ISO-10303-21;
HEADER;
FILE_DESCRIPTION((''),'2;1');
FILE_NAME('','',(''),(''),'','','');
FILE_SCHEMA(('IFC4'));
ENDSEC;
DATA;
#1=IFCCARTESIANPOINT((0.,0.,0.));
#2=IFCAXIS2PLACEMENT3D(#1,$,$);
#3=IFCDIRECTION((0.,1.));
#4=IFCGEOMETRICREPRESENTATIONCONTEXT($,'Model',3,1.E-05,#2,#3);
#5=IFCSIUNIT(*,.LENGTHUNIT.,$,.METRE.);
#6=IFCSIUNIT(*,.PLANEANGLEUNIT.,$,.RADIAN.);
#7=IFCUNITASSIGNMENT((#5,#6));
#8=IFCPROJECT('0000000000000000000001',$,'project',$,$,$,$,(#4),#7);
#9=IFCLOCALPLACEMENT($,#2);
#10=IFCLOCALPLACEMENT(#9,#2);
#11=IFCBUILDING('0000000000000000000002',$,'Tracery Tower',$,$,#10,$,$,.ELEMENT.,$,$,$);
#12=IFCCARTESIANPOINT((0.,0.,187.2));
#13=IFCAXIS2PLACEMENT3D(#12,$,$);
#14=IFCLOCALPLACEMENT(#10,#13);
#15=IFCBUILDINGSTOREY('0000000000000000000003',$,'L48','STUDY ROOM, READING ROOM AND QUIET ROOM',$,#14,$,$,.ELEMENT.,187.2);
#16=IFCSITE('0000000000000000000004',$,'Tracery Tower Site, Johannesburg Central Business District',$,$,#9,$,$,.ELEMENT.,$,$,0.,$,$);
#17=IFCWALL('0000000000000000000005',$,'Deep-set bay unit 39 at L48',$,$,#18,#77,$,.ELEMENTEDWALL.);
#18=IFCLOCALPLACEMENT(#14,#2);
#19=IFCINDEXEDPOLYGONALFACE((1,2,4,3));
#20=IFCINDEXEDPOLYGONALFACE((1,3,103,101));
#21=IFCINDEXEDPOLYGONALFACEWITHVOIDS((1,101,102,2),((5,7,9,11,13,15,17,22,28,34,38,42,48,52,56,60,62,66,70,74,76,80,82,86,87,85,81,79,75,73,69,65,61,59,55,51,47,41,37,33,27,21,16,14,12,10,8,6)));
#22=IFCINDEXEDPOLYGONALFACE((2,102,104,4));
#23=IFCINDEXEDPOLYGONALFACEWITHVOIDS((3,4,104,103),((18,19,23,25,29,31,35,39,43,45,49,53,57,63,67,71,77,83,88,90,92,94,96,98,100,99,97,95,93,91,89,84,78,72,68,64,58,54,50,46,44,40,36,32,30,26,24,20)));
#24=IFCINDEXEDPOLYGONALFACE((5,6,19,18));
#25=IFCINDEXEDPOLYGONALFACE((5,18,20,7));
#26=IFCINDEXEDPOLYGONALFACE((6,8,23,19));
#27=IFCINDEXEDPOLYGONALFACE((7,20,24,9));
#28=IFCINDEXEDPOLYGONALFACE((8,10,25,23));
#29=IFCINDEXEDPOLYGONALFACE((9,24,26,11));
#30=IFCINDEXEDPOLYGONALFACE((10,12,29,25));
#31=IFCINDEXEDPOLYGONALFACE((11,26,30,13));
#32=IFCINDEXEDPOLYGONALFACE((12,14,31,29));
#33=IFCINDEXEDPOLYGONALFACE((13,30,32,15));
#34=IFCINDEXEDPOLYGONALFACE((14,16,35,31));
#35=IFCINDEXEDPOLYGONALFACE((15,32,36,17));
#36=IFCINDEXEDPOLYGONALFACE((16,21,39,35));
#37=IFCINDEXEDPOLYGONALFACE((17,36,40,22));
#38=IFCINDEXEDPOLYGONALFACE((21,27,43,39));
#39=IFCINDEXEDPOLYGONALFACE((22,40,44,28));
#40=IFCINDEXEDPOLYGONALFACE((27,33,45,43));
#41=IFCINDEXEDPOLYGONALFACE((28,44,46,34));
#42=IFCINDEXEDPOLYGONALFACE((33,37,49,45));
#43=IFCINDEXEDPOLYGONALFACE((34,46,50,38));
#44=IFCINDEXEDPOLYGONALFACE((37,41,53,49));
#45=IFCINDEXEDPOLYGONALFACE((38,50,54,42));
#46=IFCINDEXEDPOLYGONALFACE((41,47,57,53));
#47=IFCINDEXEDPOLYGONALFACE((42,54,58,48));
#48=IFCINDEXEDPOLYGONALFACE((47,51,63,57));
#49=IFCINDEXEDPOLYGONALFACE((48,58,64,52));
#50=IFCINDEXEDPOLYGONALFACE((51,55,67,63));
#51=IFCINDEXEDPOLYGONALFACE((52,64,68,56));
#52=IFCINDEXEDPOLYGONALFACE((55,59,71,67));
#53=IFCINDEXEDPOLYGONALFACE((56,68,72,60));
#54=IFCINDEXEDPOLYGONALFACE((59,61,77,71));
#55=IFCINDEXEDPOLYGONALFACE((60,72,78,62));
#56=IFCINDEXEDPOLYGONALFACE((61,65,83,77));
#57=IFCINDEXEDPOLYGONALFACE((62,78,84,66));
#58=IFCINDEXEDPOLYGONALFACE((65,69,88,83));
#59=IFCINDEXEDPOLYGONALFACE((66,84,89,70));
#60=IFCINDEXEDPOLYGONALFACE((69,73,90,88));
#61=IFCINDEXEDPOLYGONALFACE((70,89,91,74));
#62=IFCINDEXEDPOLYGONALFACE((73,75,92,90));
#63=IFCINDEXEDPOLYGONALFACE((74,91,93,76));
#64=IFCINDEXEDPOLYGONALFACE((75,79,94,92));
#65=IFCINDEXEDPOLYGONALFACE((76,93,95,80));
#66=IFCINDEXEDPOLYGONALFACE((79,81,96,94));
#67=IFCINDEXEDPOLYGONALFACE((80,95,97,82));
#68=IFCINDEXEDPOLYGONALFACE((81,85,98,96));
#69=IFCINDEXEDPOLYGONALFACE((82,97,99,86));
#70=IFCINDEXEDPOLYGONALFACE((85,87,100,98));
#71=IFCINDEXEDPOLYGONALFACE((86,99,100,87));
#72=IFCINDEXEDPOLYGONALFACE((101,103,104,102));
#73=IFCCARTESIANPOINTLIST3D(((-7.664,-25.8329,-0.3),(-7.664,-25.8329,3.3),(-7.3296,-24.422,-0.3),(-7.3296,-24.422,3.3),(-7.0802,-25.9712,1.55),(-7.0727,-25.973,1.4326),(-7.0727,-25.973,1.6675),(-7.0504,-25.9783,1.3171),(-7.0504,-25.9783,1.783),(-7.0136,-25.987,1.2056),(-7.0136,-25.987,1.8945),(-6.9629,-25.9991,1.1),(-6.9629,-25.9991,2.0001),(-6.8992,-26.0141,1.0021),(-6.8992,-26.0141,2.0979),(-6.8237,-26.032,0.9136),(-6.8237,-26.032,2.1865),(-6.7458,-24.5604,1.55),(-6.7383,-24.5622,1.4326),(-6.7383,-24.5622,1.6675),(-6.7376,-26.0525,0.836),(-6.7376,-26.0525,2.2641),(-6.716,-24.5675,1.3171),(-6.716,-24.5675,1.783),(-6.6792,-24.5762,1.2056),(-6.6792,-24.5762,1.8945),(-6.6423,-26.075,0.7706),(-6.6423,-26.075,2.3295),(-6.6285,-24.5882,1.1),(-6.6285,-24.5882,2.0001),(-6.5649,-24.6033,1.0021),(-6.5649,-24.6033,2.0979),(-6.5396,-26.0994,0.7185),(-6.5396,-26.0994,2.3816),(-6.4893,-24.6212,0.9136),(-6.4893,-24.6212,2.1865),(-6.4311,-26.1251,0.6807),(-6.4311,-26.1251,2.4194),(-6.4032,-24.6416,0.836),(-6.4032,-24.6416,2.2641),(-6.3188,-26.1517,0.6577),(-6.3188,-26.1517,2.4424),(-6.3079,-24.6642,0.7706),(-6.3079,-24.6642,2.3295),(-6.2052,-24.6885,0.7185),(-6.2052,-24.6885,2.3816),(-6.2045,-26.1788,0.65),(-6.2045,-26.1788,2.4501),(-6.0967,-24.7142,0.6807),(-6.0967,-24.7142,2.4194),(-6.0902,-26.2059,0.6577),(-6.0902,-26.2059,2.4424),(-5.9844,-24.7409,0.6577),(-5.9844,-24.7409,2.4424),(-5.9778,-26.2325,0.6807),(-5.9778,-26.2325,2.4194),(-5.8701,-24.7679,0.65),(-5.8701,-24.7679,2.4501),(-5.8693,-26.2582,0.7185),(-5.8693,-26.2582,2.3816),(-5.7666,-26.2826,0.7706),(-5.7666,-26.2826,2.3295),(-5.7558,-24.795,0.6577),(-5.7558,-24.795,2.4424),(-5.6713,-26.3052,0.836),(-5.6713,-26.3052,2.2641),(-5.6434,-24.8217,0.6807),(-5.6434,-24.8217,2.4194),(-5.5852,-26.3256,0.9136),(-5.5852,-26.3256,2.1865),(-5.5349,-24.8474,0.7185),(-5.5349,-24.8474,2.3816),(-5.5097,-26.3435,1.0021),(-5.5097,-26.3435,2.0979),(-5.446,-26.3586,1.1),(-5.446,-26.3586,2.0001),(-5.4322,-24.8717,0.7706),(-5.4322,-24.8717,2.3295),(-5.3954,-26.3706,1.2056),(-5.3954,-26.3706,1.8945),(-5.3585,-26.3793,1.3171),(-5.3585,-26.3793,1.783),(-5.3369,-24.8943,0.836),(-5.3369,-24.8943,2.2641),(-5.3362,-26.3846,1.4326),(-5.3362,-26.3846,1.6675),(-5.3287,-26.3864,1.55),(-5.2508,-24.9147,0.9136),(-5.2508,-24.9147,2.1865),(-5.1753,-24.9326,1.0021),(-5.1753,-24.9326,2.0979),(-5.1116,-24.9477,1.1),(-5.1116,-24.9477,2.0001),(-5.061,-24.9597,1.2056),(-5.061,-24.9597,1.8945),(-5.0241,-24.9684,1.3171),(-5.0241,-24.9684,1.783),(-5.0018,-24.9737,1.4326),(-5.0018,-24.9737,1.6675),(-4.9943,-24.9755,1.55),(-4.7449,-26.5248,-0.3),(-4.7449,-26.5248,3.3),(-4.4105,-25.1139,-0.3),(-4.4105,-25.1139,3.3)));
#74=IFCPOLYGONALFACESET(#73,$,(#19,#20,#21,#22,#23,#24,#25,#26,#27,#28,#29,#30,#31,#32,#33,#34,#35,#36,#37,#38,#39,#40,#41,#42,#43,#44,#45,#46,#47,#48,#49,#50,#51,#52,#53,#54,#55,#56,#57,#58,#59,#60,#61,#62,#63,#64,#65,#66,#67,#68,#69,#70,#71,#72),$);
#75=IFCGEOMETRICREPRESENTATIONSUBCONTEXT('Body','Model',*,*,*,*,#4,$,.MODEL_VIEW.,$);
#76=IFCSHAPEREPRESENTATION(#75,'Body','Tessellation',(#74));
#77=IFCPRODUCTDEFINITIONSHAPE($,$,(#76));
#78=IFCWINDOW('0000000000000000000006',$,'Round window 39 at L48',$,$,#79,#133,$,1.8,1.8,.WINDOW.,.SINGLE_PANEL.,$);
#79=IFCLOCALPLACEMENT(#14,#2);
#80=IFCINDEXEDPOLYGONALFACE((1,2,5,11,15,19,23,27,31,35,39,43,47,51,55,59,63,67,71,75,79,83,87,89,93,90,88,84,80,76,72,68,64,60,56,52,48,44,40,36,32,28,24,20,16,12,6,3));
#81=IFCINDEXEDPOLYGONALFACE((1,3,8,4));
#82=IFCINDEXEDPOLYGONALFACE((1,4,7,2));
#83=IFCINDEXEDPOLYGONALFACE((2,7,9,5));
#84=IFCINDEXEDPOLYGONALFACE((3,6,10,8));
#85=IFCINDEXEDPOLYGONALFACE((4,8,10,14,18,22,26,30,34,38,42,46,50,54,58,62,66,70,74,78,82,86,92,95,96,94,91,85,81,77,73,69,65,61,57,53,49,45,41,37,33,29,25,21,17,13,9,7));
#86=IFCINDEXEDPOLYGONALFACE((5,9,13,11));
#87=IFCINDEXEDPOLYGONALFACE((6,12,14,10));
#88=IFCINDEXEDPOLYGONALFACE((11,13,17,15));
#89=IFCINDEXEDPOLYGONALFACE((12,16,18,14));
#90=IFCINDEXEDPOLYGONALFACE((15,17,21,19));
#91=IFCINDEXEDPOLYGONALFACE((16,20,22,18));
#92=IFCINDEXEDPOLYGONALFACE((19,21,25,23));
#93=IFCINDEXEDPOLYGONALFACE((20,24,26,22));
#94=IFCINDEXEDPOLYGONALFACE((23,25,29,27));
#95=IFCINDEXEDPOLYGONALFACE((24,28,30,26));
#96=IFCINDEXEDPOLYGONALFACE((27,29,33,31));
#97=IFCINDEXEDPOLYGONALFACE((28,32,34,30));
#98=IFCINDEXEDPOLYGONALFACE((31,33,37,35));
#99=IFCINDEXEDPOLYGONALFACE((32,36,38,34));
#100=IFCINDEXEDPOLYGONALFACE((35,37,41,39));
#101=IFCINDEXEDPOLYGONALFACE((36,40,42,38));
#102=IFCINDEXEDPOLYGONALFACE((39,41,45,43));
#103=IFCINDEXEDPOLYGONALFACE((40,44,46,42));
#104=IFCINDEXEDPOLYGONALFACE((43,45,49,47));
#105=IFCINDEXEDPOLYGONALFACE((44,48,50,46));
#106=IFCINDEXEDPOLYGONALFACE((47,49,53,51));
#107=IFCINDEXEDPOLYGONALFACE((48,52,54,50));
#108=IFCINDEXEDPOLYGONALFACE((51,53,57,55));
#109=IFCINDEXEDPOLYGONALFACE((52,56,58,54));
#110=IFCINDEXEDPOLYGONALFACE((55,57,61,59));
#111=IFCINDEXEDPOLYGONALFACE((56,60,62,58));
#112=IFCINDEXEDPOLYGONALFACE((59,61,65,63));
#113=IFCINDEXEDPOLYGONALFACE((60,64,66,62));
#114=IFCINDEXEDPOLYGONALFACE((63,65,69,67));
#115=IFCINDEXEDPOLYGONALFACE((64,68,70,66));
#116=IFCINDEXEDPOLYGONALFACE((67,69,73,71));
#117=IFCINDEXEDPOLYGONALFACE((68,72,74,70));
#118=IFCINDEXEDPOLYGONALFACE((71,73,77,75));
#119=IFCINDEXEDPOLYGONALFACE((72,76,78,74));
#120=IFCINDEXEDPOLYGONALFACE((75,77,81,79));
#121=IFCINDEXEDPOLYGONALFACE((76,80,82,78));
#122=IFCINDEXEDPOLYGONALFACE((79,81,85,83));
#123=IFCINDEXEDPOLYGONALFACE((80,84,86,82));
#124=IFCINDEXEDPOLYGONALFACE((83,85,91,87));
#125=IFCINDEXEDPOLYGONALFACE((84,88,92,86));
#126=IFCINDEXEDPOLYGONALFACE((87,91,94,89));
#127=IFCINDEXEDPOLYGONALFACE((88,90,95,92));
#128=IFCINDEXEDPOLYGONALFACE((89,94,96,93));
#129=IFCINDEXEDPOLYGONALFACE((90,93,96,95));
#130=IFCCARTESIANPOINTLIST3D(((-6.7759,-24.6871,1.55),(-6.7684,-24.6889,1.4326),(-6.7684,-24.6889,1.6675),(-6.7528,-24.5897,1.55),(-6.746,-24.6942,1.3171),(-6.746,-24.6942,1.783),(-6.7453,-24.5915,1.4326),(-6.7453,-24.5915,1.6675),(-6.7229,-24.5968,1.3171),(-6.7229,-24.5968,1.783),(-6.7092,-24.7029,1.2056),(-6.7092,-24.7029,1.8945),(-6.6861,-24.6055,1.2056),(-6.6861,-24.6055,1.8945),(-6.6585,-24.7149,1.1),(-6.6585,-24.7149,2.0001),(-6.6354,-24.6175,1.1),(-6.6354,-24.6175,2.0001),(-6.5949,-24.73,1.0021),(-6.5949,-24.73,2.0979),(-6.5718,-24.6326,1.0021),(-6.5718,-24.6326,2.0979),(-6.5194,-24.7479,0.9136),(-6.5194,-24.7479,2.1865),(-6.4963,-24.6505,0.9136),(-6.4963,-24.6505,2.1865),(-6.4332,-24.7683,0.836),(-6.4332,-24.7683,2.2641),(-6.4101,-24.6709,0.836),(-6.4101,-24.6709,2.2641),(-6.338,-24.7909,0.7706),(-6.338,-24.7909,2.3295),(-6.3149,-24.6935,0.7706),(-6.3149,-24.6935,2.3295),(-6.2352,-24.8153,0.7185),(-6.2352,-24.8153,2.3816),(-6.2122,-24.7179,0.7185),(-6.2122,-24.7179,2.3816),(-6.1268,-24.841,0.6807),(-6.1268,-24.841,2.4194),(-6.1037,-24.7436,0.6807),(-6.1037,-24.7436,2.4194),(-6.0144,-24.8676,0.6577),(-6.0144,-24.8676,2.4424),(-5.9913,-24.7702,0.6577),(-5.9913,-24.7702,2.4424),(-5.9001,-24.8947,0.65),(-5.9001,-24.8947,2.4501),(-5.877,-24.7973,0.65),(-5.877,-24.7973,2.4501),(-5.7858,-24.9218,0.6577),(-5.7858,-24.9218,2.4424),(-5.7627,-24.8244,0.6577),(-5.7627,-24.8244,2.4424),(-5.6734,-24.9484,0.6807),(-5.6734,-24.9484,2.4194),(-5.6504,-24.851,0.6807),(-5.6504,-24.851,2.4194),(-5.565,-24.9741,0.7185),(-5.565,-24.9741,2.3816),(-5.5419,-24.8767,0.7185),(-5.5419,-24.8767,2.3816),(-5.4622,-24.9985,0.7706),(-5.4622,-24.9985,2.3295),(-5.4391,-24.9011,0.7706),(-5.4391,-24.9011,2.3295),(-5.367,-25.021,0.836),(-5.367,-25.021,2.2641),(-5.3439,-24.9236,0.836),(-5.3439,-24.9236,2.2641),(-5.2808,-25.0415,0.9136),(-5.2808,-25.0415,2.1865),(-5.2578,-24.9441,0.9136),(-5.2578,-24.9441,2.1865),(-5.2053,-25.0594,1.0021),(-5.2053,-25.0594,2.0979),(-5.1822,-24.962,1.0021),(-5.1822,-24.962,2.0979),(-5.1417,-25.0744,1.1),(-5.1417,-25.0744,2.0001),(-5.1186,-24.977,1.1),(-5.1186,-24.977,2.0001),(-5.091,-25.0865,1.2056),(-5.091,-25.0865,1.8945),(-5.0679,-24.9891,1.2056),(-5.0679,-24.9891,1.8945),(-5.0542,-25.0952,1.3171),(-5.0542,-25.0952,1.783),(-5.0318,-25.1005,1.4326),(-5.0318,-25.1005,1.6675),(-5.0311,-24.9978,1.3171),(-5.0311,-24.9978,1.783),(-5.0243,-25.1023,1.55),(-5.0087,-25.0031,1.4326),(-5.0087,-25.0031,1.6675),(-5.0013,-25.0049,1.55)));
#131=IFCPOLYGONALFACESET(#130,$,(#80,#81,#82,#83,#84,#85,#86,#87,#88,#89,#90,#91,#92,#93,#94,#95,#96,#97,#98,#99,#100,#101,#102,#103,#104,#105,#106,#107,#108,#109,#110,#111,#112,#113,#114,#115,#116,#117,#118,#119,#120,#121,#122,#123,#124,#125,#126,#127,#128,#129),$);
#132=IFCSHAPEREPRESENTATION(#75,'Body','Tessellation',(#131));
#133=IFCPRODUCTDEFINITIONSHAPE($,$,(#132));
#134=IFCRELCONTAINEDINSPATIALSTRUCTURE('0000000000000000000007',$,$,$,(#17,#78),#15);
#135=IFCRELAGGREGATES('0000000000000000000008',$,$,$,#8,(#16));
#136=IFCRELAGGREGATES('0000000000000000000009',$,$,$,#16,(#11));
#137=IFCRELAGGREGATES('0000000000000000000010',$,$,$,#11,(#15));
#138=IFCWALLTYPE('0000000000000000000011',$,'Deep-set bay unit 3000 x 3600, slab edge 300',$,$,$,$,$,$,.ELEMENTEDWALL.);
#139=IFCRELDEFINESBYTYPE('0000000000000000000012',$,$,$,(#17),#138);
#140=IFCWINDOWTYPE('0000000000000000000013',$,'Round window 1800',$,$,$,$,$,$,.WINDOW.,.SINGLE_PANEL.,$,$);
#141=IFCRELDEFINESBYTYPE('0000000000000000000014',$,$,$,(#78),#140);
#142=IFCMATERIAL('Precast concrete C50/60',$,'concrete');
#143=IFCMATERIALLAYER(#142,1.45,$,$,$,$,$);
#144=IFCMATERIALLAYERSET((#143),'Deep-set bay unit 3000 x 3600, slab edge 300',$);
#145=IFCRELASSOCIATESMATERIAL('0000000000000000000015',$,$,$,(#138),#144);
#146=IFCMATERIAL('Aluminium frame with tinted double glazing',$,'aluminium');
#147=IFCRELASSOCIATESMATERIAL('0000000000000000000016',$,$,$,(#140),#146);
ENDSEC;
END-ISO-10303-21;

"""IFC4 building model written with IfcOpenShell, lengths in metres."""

from ifc_helpers import new_model, si_unit, direction, frame, frame_2d, origin, origin_2d, place, context, subcontext, project, spatial, rectangle, circle, extrude, material, layer, layer_set, type_object, element, fill, save


model = new_model("IFC4")

# Units and contexts
model_context = context("Model", 3, precision=1e-05, world=origin(), true_north=direction((0.0, 1.0)))
body_context = subcontext(model_context, "Body", "Model", "MODEL_VIEW")
ifc_project = project(units=[si_unit("LENGTHUNIT", "METRE"), si_unit("PLANEANGLEUNIT", "RADIAN")], contexts=[model_context])

# Site, building, storey
site_placement = place(None, origin())
site = spatial("IfcSite", under=ifc_project, at=site_placement, Name="Tracery Tower Site, Johannesburg Central Business District", CompositionType="ELEMENT", RefElevation=0.0)
building_placement = place(site_placement, origin())
building = spatial("IfcBuilding", under=site, at=building_placement, Name="Tracery Tower", CompositionType="ELEMENT")
storey_placement = place(building_placement, frame((0.0, 0.0, 187.2)))
storey = spatial("IfcBuildingStorey", under=building, at=storey_placement, Name="L48", Description="STUDY ROOM, READING ROOM AND QUIET ROOM", CompositionType="ELEMENT", Elevation=187.2)

# Wall, opening, window
ifc_material_1 = material(Name="Precast concrete C50/60", Category="concrete")
ifc_layer_1 = layer(ifc_material_1, 1.45)
ifc_layer_set_1 = layer_set([ifc_layer_1], Name="Deep-set bay unit 3000 x 3600, slab edge 300")
wall_type_1 = type_object("IfcWallType", Name="Deep-set bay unit 3000 x 3600, slab edge 300", PredefinedType="ELEMENTEDWALL", material=ifc_layer_set_1)
wall_1_placement = place(storey_placement, frame((-7.4968, -25.1274, -0.3), z_axis=(0.0, 0.0, 1.0), x_axis=(0.973042, -0.230627, 0.0)))
wall_1 = element("IfcWall", 1, at=wall_1_placement, inside=storey, type_object=wall_type_1, Name="Deep-set bay unit 39 at L48", PredefinedType="ELEMENTEDWALL", context=body_context, shape_type="SweptSolid", body=[
    extrude(rectangle(XDim=3.0, YDim=1.45, at=frame_2d((1.5, 0.0))), origin(), (0.0, 0.0, 1.0), 3.6001),
])
opening_1_placement = place(wall_1_placement, frame((1.5, 0.0, 1.8501)))
opening_1 = element("IfcOpeningElement", 2, at=opening_1_placement, cuts=wall_1, PredefinedType="OPENING", context=body_context, shape_type="SweptSolid", body=[
    extrude(circle(Radius=0.9, at=origin_2d()), frame((0.0, 0.7349, 0.0), z_axis=(0.0, -1.0, 0.0), x_axis=(1.0, 0.0, 0.0)), (0.0, 0.0, 1.0), 1.47),
])
ifc_material_2 = material(Name="Aluminium frame with tinted double glazing", Category="aluminium")
window_type = type_object("IfcWindowType", Name="Round window 1800", PartitioningType="SINGLE_PANEL", PredefinedType="WINDOW", material=ifc_material_2)
window_1_placement = place(opening_1_placement, origin())
window_1 = element("IfcWindow", 3, at=window_1_placement, inside=storey, type_object=window_type, Name="Round window 39 at L48", OverallHeight=1.8, OverallWidth=1.8, PartitioningType="SINGLE_PANEL", PredefinedType="WINDOW", context=body_context, shape_type="SweptSolid", body=[
    extrude(circle(Radius=0.9, at=origin_2d()), frame((0.0, 0.6948, 0.0), z_axis=(0.0, -1.0, 0.0), x_axis=(1.0, 0.0, 0.0)), (0.0, 0.0, 1.0), 0.1001),
])
fill(opening_1, window_1)

save(model, "model.ifc")
